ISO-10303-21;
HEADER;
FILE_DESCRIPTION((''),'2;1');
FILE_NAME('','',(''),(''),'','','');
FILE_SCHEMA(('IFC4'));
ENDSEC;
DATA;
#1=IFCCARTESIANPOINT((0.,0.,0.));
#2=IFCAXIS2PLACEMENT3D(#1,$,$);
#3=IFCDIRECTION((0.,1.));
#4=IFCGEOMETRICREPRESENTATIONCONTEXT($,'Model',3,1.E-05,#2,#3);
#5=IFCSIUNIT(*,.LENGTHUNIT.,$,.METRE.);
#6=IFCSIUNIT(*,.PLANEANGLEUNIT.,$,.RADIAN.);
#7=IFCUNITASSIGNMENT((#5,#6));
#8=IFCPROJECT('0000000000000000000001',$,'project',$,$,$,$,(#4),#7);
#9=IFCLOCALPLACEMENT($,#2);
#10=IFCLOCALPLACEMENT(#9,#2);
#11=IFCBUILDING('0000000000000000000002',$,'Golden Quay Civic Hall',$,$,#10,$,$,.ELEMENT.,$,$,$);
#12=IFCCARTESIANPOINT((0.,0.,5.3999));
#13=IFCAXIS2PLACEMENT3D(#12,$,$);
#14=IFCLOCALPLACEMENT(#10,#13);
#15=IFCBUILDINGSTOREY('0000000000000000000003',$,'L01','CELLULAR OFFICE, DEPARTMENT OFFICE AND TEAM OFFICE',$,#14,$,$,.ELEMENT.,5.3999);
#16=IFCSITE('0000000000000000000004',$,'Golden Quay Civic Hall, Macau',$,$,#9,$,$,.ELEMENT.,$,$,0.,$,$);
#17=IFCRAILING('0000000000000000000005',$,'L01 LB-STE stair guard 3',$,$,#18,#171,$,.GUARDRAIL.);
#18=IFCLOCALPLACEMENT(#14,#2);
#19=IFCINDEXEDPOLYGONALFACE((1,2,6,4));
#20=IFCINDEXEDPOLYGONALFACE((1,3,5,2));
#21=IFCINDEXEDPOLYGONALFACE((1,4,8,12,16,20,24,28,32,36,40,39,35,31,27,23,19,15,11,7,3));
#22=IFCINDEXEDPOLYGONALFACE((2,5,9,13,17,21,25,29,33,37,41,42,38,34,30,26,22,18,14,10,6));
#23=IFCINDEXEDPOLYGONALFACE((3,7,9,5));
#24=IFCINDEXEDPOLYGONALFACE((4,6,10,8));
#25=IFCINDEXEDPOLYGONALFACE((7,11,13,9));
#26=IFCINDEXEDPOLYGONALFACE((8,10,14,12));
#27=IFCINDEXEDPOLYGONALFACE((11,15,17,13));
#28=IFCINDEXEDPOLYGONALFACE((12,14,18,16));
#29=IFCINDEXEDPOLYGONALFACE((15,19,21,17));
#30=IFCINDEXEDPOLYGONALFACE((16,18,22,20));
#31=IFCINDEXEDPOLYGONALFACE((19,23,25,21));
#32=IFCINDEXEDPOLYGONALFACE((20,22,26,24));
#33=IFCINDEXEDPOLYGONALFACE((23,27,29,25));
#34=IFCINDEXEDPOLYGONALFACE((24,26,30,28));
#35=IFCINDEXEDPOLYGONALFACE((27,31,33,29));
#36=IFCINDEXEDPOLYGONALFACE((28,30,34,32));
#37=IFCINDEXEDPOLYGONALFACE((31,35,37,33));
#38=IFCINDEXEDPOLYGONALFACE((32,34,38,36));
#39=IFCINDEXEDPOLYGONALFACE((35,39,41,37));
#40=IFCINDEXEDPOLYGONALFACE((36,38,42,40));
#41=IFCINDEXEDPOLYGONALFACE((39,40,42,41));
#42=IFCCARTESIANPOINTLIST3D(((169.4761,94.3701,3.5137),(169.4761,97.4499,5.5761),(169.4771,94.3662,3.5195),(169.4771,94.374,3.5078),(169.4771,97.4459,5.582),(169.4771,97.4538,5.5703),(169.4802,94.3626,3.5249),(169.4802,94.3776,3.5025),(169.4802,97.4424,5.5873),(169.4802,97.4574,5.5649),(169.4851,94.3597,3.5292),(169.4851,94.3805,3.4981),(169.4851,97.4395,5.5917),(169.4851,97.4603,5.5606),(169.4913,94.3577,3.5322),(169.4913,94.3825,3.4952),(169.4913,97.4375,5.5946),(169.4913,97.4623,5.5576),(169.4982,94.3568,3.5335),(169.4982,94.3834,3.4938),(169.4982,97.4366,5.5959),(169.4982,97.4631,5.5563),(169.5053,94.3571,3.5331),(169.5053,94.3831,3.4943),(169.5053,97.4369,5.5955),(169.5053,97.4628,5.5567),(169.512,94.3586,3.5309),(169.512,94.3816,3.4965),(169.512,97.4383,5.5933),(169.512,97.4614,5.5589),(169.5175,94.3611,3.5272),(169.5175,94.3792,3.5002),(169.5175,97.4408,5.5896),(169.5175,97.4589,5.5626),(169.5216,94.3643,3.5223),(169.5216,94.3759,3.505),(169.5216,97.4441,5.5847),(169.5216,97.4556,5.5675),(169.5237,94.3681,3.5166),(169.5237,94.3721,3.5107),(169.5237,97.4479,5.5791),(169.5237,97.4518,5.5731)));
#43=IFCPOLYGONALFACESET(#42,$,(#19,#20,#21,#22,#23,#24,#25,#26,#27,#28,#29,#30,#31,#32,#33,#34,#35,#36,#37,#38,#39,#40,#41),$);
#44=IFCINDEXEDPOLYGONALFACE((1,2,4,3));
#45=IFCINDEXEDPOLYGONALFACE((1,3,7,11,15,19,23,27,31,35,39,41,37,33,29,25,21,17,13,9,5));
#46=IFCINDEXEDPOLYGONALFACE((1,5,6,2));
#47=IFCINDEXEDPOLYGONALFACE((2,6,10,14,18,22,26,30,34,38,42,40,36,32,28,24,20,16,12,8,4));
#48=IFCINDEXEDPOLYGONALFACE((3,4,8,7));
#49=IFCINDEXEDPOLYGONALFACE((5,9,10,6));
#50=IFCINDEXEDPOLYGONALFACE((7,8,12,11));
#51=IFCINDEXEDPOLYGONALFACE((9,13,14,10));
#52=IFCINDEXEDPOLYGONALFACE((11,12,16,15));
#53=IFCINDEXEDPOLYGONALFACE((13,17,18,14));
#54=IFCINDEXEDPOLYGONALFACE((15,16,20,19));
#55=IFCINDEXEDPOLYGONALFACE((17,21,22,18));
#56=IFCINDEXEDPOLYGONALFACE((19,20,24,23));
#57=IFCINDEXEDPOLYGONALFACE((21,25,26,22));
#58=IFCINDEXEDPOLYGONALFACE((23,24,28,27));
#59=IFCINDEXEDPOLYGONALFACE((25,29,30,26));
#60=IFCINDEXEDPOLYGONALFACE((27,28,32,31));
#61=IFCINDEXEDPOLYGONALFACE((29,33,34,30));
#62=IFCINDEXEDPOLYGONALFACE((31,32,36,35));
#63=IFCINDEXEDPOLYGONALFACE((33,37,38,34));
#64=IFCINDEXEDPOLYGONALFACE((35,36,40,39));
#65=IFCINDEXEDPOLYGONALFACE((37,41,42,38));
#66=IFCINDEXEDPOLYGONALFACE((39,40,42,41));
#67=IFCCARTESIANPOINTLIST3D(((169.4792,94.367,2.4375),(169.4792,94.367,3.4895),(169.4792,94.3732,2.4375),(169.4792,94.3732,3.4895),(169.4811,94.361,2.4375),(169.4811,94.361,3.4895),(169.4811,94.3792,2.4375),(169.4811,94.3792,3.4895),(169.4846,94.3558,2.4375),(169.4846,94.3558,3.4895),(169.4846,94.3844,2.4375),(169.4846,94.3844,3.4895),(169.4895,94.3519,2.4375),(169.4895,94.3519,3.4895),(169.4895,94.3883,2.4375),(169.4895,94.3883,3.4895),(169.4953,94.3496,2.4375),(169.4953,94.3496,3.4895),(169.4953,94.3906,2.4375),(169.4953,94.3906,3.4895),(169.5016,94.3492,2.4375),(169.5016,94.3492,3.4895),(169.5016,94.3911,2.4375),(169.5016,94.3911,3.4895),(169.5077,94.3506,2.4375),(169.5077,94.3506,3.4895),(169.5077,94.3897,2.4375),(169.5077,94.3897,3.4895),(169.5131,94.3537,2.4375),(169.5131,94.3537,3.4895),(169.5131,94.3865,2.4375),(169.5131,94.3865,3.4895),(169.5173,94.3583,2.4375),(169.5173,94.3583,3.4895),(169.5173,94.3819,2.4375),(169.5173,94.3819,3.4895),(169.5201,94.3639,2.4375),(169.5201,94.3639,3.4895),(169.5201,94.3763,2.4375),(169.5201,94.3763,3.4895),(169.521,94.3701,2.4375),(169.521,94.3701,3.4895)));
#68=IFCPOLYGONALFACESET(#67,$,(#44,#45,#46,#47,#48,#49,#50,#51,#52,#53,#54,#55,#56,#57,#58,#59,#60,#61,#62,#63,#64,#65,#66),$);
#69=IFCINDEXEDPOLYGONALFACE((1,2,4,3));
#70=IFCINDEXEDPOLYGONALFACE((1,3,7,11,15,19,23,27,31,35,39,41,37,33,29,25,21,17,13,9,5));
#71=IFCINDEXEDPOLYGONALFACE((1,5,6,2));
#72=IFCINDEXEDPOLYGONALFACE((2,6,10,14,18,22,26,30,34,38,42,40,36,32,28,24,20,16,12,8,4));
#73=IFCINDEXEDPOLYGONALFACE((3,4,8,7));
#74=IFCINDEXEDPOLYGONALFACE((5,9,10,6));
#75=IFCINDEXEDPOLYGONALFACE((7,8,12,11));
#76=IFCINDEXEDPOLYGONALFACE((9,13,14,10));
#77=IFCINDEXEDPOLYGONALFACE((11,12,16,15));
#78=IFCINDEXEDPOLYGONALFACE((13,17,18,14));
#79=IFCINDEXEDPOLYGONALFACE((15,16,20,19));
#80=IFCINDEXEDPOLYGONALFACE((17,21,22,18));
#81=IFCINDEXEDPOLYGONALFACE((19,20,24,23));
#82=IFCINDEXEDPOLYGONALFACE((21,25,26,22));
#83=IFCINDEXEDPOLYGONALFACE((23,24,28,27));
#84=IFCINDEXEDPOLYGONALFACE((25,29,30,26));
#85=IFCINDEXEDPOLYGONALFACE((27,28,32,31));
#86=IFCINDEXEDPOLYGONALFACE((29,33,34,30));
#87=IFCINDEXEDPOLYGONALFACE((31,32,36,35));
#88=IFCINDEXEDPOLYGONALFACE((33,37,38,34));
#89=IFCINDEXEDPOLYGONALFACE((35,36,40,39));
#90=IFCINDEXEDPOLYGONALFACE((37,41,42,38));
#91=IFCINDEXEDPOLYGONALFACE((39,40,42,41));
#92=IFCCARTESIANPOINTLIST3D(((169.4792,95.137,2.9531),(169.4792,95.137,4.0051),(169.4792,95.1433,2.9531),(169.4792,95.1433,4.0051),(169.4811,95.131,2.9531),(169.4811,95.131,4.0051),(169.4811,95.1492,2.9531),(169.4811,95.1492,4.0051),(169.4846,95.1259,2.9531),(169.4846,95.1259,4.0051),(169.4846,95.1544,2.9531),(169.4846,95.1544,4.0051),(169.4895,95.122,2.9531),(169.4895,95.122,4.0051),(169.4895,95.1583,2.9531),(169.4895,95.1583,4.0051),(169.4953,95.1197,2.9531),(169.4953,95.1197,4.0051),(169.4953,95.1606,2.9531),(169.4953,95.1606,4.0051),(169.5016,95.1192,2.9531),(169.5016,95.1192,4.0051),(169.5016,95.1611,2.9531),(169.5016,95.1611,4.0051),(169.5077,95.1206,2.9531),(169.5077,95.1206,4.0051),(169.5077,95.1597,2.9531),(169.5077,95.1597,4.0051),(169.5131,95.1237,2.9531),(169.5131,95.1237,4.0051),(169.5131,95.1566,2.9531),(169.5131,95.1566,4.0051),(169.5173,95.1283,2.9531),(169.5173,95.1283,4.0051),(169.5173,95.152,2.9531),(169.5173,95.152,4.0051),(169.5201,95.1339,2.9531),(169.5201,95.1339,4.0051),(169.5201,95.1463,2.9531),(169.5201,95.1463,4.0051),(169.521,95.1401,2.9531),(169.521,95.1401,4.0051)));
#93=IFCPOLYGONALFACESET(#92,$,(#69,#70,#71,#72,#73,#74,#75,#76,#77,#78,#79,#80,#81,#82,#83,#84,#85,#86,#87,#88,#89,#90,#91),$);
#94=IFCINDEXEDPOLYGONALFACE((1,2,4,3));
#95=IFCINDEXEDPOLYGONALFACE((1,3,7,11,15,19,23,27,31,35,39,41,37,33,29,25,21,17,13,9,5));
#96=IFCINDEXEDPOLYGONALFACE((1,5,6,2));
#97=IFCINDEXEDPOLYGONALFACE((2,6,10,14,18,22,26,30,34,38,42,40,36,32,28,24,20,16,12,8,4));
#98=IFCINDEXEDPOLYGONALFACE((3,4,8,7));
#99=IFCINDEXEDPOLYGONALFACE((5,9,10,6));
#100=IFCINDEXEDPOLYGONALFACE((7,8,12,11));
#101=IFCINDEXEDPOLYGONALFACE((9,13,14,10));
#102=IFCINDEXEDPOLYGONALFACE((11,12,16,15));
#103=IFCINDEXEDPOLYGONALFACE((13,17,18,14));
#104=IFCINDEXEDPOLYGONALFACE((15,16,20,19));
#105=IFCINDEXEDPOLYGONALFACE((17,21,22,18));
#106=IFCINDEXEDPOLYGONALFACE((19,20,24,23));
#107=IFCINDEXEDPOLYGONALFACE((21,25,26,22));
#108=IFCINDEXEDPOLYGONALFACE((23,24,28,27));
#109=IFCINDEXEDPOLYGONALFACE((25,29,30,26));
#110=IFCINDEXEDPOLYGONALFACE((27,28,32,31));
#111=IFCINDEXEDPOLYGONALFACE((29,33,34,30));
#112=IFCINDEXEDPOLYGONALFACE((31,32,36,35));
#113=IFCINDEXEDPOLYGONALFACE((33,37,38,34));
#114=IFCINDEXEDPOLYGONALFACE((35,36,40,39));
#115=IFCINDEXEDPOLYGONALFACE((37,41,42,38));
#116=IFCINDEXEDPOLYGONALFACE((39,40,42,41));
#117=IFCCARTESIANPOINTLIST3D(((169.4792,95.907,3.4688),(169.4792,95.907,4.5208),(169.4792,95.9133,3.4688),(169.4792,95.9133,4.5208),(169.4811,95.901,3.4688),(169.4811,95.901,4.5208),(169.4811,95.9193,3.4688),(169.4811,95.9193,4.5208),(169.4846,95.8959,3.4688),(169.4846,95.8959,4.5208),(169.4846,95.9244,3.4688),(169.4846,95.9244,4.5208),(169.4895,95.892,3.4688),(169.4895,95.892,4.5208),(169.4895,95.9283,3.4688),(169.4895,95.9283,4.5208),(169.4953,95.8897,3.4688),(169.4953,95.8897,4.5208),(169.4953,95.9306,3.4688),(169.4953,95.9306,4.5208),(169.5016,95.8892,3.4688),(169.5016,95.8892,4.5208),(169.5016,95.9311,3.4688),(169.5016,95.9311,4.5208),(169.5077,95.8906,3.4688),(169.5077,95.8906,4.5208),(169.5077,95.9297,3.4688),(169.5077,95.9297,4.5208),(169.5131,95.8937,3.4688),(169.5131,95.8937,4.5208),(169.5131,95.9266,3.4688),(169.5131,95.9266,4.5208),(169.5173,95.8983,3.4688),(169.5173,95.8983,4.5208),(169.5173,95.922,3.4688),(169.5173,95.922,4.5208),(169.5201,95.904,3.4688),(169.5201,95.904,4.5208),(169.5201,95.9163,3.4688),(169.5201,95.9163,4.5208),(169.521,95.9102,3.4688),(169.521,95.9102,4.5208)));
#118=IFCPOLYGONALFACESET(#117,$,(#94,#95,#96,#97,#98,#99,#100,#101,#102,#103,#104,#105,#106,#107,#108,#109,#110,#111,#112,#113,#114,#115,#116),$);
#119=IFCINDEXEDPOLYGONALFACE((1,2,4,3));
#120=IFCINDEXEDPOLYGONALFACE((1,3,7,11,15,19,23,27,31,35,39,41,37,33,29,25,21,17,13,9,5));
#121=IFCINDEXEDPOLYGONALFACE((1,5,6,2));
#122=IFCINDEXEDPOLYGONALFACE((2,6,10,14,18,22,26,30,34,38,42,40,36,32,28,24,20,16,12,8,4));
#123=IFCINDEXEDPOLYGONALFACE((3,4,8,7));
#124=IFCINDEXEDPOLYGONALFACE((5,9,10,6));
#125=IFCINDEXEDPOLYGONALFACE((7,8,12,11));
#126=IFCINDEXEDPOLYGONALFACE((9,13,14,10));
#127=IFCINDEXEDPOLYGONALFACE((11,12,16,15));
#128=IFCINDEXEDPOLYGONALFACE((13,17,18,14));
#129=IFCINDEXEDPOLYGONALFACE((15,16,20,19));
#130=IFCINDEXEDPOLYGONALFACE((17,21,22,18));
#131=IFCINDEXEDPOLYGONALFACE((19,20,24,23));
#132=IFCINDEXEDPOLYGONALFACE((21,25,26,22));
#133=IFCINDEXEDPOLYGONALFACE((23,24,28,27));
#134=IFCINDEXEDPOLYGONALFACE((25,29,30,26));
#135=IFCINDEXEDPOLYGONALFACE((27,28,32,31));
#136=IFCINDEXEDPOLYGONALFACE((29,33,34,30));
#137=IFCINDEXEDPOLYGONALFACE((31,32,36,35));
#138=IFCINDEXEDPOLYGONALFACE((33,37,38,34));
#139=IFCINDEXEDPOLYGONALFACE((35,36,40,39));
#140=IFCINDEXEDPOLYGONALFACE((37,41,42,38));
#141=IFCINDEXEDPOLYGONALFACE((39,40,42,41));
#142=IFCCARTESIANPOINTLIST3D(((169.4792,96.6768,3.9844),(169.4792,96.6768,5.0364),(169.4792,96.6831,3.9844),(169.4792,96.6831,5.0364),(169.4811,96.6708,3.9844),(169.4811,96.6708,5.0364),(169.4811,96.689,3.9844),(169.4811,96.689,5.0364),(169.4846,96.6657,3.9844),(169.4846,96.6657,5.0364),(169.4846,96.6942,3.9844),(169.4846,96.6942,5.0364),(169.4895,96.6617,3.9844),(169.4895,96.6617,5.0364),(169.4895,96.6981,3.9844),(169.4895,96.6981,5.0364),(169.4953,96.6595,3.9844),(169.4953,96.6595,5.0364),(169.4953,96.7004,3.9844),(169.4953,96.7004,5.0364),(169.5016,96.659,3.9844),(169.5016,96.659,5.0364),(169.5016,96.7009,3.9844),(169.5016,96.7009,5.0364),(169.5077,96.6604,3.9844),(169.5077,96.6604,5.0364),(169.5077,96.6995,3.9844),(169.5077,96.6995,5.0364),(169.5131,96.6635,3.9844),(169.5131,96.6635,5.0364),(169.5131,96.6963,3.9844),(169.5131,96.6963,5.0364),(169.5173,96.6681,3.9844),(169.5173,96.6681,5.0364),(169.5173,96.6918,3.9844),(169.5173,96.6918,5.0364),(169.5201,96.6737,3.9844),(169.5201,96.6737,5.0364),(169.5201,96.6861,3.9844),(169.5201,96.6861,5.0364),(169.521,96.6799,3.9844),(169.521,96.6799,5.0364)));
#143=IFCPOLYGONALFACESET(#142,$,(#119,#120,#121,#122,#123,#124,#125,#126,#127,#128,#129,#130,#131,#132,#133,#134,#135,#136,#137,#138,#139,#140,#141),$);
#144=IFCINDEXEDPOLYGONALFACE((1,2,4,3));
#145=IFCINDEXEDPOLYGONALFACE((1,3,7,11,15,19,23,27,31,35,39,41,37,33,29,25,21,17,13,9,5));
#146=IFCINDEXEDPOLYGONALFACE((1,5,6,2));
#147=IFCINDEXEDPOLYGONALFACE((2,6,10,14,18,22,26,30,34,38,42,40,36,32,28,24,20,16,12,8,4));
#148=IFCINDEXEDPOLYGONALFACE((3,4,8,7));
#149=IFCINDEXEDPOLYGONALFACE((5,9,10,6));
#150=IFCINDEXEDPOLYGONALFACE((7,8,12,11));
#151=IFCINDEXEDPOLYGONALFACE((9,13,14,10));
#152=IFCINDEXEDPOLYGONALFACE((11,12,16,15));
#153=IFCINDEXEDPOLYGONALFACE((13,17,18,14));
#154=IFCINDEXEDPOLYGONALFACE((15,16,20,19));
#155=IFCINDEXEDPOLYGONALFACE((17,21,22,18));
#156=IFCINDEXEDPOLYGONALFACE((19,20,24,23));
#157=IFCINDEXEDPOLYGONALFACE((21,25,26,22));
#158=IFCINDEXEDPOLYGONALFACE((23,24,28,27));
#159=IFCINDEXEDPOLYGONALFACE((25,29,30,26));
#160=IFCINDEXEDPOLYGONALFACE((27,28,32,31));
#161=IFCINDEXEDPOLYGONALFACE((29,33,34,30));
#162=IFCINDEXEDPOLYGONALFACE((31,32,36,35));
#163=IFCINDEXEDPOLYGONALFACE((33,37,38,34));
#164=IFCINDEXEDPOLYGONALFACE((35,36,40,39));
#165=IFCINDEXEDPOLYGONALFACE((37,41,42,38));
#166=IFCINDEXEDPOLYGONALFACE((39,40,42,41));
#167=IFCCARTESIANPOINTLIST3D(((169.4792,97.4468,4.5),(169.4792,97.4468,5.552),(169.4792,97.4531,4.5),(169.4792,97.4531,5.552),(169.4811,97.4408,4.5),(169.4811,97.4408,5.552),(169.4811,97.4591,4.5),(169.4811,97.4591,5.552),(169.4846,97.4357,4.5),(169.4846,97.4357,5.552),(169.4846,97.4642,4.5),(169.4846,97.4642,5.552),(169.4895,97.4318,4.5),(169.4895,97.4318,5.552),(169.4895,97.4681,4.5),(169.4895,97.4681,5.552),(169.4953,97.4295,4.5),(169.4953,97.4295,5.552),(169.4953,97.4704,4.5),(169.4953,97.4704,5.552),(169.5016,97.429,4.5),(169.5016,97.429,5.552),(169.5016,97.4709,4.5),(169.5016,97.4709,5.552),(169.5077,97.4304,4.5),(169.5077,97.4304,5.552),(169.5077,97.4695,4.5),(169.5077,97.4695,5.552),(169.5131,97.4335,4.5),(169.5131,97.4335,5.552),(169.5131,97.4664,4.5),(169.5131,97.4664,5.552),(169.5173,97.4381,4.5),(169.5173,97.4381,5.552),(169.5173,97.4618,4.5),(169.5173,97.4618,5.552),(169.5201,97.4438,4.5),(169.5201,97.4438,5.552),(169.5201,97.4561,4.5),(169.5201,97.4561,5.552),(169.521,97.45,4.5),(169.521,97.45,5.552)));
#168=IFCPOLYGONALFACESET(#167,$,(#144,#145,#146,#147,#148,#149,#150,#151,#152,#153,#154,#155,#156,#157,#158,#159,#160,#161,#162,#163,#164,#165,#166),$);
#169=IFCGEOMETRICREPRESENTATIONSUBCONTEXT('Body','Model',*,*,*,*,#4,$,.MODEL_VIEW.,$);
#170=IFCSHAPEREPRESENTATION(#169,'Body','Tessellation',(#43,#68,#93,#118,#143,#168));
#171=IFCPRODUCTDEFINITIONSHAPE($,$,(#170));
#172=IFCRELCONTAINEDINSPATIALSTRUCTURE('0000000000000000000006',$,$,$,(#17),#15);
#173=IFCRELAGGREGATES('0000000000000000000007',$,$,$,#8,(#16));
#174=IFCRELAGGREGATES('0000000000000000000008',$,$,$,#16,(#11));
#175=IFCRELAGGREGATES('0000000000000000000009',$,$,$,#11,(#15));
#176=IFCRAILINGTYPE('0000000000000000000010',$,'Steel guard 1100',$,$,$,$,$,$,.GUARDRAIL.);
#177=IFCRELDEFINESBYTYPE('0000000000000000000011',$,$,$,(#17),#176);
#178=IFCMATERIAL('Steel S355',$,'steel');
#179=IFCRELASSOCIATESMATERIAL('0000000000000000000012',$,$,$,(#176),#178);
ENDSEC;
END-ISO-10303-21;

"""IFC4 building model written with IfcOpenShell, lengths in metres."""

from ifc_helpers import new_model, si_unit, direction, frame, origin, origin_2d, place, context, subcontext, project, spatial, circle, extrude, material, type_object, element, save


model = new_model("IFC4")

# Units and contexts
model_context = context("Model", 3, precision=1e-05, world=origin(), true_north=direction((0.0, 1.0)))
body_context = subcontext(model_context, "Body", "Model", "MODEL_VIEW")
ifc_project = project(units=[si_unit("LENGTHUNIT", "METRE"), si_unit("PLANEANGLEUNIT", "RADIAN")], contexts=[model_context])

# Site, building, storey
site_placement = place(None, origin())
site = spatial("IfcSite", under=ifc_project, at=site_placement, Name="Golden Quay Civic Hall, Macau", CompositionType="ELEMENT", RefElevation=0.0)
building_placement = place(site_placement, origin())
building = spatial("IfcBuilding", under=site, at=building_placement, Name="Golden Quay Civic Hall", CompositionType="ELEMENT")
storey_placement = place(building_placement, frame((0.0, 0.0, 5.3999)))
storey = spatial("IfcBuildingStorey", under=building, at=storey_placement, Name="L01", Description="CELLULAR OFFICE, DEPARTMENT OFFICE AND TEAM OFFICE", CompositionType="ELEMENT", Elevation=5.3999)

# Railing
ifc_material_1 = material(Name="Steel S355", Category="steel")
railing_type_1 = type_object("IfcRailingType", Name="Steel guard 1100", PredefinedType="GUARDRAIL", material=ifc_material_1)
railing_1_placement = place(storey_placement, frame((169.5, 94.3701, 2.4375)))
element("IfcRailing", 1, at=railing_1_placement, inside=storey, type_object=railing_type_1, Name="L01 LB-STE stair guard 3", PredefinedType="GUARDRAIL", context=body_context, shape_type="SweptSolid", body=[
    extrude(circle(Radius=0.0239, at=origin_2d()), frame((0.0, 0.0, 1.0762), z_axis=(0.0, 0.830893, 0.556432), x_axis=(-1.0, 0.0, 0.0)), (0.0, 0.0, 1.0), 3.7065),
    extrude(circle(Radius=0.021, at=origin_2d()), origin(), (0.0, 0.0, 1.0), 1.052),
    extrude(circle(Radius=0.021, at=origin_2d()), frame((0.0, 0.77, 0.5156)), (0.0, 0.0, 1.0), 1.052),
    extrude(circle(Radius=0.021, at=origin_2d()), frame((0.0, 1.54, 1.0312)), (0.0, 0.0, 1.0), 1.052),
    extrude(circle(Radius=0.021, at=origin_2d()), frame((0.0, 2.3098, 1.5469)), (0.0, 0.0, 1.0), 1.052),
    extrude(circle(Radius=0.021, at=origin_2d()), frame((0.0, 3.0798, 2.0625)), (0.0, 0.0, 1.0), 1.052),
])

save(model, "model.ifc")
